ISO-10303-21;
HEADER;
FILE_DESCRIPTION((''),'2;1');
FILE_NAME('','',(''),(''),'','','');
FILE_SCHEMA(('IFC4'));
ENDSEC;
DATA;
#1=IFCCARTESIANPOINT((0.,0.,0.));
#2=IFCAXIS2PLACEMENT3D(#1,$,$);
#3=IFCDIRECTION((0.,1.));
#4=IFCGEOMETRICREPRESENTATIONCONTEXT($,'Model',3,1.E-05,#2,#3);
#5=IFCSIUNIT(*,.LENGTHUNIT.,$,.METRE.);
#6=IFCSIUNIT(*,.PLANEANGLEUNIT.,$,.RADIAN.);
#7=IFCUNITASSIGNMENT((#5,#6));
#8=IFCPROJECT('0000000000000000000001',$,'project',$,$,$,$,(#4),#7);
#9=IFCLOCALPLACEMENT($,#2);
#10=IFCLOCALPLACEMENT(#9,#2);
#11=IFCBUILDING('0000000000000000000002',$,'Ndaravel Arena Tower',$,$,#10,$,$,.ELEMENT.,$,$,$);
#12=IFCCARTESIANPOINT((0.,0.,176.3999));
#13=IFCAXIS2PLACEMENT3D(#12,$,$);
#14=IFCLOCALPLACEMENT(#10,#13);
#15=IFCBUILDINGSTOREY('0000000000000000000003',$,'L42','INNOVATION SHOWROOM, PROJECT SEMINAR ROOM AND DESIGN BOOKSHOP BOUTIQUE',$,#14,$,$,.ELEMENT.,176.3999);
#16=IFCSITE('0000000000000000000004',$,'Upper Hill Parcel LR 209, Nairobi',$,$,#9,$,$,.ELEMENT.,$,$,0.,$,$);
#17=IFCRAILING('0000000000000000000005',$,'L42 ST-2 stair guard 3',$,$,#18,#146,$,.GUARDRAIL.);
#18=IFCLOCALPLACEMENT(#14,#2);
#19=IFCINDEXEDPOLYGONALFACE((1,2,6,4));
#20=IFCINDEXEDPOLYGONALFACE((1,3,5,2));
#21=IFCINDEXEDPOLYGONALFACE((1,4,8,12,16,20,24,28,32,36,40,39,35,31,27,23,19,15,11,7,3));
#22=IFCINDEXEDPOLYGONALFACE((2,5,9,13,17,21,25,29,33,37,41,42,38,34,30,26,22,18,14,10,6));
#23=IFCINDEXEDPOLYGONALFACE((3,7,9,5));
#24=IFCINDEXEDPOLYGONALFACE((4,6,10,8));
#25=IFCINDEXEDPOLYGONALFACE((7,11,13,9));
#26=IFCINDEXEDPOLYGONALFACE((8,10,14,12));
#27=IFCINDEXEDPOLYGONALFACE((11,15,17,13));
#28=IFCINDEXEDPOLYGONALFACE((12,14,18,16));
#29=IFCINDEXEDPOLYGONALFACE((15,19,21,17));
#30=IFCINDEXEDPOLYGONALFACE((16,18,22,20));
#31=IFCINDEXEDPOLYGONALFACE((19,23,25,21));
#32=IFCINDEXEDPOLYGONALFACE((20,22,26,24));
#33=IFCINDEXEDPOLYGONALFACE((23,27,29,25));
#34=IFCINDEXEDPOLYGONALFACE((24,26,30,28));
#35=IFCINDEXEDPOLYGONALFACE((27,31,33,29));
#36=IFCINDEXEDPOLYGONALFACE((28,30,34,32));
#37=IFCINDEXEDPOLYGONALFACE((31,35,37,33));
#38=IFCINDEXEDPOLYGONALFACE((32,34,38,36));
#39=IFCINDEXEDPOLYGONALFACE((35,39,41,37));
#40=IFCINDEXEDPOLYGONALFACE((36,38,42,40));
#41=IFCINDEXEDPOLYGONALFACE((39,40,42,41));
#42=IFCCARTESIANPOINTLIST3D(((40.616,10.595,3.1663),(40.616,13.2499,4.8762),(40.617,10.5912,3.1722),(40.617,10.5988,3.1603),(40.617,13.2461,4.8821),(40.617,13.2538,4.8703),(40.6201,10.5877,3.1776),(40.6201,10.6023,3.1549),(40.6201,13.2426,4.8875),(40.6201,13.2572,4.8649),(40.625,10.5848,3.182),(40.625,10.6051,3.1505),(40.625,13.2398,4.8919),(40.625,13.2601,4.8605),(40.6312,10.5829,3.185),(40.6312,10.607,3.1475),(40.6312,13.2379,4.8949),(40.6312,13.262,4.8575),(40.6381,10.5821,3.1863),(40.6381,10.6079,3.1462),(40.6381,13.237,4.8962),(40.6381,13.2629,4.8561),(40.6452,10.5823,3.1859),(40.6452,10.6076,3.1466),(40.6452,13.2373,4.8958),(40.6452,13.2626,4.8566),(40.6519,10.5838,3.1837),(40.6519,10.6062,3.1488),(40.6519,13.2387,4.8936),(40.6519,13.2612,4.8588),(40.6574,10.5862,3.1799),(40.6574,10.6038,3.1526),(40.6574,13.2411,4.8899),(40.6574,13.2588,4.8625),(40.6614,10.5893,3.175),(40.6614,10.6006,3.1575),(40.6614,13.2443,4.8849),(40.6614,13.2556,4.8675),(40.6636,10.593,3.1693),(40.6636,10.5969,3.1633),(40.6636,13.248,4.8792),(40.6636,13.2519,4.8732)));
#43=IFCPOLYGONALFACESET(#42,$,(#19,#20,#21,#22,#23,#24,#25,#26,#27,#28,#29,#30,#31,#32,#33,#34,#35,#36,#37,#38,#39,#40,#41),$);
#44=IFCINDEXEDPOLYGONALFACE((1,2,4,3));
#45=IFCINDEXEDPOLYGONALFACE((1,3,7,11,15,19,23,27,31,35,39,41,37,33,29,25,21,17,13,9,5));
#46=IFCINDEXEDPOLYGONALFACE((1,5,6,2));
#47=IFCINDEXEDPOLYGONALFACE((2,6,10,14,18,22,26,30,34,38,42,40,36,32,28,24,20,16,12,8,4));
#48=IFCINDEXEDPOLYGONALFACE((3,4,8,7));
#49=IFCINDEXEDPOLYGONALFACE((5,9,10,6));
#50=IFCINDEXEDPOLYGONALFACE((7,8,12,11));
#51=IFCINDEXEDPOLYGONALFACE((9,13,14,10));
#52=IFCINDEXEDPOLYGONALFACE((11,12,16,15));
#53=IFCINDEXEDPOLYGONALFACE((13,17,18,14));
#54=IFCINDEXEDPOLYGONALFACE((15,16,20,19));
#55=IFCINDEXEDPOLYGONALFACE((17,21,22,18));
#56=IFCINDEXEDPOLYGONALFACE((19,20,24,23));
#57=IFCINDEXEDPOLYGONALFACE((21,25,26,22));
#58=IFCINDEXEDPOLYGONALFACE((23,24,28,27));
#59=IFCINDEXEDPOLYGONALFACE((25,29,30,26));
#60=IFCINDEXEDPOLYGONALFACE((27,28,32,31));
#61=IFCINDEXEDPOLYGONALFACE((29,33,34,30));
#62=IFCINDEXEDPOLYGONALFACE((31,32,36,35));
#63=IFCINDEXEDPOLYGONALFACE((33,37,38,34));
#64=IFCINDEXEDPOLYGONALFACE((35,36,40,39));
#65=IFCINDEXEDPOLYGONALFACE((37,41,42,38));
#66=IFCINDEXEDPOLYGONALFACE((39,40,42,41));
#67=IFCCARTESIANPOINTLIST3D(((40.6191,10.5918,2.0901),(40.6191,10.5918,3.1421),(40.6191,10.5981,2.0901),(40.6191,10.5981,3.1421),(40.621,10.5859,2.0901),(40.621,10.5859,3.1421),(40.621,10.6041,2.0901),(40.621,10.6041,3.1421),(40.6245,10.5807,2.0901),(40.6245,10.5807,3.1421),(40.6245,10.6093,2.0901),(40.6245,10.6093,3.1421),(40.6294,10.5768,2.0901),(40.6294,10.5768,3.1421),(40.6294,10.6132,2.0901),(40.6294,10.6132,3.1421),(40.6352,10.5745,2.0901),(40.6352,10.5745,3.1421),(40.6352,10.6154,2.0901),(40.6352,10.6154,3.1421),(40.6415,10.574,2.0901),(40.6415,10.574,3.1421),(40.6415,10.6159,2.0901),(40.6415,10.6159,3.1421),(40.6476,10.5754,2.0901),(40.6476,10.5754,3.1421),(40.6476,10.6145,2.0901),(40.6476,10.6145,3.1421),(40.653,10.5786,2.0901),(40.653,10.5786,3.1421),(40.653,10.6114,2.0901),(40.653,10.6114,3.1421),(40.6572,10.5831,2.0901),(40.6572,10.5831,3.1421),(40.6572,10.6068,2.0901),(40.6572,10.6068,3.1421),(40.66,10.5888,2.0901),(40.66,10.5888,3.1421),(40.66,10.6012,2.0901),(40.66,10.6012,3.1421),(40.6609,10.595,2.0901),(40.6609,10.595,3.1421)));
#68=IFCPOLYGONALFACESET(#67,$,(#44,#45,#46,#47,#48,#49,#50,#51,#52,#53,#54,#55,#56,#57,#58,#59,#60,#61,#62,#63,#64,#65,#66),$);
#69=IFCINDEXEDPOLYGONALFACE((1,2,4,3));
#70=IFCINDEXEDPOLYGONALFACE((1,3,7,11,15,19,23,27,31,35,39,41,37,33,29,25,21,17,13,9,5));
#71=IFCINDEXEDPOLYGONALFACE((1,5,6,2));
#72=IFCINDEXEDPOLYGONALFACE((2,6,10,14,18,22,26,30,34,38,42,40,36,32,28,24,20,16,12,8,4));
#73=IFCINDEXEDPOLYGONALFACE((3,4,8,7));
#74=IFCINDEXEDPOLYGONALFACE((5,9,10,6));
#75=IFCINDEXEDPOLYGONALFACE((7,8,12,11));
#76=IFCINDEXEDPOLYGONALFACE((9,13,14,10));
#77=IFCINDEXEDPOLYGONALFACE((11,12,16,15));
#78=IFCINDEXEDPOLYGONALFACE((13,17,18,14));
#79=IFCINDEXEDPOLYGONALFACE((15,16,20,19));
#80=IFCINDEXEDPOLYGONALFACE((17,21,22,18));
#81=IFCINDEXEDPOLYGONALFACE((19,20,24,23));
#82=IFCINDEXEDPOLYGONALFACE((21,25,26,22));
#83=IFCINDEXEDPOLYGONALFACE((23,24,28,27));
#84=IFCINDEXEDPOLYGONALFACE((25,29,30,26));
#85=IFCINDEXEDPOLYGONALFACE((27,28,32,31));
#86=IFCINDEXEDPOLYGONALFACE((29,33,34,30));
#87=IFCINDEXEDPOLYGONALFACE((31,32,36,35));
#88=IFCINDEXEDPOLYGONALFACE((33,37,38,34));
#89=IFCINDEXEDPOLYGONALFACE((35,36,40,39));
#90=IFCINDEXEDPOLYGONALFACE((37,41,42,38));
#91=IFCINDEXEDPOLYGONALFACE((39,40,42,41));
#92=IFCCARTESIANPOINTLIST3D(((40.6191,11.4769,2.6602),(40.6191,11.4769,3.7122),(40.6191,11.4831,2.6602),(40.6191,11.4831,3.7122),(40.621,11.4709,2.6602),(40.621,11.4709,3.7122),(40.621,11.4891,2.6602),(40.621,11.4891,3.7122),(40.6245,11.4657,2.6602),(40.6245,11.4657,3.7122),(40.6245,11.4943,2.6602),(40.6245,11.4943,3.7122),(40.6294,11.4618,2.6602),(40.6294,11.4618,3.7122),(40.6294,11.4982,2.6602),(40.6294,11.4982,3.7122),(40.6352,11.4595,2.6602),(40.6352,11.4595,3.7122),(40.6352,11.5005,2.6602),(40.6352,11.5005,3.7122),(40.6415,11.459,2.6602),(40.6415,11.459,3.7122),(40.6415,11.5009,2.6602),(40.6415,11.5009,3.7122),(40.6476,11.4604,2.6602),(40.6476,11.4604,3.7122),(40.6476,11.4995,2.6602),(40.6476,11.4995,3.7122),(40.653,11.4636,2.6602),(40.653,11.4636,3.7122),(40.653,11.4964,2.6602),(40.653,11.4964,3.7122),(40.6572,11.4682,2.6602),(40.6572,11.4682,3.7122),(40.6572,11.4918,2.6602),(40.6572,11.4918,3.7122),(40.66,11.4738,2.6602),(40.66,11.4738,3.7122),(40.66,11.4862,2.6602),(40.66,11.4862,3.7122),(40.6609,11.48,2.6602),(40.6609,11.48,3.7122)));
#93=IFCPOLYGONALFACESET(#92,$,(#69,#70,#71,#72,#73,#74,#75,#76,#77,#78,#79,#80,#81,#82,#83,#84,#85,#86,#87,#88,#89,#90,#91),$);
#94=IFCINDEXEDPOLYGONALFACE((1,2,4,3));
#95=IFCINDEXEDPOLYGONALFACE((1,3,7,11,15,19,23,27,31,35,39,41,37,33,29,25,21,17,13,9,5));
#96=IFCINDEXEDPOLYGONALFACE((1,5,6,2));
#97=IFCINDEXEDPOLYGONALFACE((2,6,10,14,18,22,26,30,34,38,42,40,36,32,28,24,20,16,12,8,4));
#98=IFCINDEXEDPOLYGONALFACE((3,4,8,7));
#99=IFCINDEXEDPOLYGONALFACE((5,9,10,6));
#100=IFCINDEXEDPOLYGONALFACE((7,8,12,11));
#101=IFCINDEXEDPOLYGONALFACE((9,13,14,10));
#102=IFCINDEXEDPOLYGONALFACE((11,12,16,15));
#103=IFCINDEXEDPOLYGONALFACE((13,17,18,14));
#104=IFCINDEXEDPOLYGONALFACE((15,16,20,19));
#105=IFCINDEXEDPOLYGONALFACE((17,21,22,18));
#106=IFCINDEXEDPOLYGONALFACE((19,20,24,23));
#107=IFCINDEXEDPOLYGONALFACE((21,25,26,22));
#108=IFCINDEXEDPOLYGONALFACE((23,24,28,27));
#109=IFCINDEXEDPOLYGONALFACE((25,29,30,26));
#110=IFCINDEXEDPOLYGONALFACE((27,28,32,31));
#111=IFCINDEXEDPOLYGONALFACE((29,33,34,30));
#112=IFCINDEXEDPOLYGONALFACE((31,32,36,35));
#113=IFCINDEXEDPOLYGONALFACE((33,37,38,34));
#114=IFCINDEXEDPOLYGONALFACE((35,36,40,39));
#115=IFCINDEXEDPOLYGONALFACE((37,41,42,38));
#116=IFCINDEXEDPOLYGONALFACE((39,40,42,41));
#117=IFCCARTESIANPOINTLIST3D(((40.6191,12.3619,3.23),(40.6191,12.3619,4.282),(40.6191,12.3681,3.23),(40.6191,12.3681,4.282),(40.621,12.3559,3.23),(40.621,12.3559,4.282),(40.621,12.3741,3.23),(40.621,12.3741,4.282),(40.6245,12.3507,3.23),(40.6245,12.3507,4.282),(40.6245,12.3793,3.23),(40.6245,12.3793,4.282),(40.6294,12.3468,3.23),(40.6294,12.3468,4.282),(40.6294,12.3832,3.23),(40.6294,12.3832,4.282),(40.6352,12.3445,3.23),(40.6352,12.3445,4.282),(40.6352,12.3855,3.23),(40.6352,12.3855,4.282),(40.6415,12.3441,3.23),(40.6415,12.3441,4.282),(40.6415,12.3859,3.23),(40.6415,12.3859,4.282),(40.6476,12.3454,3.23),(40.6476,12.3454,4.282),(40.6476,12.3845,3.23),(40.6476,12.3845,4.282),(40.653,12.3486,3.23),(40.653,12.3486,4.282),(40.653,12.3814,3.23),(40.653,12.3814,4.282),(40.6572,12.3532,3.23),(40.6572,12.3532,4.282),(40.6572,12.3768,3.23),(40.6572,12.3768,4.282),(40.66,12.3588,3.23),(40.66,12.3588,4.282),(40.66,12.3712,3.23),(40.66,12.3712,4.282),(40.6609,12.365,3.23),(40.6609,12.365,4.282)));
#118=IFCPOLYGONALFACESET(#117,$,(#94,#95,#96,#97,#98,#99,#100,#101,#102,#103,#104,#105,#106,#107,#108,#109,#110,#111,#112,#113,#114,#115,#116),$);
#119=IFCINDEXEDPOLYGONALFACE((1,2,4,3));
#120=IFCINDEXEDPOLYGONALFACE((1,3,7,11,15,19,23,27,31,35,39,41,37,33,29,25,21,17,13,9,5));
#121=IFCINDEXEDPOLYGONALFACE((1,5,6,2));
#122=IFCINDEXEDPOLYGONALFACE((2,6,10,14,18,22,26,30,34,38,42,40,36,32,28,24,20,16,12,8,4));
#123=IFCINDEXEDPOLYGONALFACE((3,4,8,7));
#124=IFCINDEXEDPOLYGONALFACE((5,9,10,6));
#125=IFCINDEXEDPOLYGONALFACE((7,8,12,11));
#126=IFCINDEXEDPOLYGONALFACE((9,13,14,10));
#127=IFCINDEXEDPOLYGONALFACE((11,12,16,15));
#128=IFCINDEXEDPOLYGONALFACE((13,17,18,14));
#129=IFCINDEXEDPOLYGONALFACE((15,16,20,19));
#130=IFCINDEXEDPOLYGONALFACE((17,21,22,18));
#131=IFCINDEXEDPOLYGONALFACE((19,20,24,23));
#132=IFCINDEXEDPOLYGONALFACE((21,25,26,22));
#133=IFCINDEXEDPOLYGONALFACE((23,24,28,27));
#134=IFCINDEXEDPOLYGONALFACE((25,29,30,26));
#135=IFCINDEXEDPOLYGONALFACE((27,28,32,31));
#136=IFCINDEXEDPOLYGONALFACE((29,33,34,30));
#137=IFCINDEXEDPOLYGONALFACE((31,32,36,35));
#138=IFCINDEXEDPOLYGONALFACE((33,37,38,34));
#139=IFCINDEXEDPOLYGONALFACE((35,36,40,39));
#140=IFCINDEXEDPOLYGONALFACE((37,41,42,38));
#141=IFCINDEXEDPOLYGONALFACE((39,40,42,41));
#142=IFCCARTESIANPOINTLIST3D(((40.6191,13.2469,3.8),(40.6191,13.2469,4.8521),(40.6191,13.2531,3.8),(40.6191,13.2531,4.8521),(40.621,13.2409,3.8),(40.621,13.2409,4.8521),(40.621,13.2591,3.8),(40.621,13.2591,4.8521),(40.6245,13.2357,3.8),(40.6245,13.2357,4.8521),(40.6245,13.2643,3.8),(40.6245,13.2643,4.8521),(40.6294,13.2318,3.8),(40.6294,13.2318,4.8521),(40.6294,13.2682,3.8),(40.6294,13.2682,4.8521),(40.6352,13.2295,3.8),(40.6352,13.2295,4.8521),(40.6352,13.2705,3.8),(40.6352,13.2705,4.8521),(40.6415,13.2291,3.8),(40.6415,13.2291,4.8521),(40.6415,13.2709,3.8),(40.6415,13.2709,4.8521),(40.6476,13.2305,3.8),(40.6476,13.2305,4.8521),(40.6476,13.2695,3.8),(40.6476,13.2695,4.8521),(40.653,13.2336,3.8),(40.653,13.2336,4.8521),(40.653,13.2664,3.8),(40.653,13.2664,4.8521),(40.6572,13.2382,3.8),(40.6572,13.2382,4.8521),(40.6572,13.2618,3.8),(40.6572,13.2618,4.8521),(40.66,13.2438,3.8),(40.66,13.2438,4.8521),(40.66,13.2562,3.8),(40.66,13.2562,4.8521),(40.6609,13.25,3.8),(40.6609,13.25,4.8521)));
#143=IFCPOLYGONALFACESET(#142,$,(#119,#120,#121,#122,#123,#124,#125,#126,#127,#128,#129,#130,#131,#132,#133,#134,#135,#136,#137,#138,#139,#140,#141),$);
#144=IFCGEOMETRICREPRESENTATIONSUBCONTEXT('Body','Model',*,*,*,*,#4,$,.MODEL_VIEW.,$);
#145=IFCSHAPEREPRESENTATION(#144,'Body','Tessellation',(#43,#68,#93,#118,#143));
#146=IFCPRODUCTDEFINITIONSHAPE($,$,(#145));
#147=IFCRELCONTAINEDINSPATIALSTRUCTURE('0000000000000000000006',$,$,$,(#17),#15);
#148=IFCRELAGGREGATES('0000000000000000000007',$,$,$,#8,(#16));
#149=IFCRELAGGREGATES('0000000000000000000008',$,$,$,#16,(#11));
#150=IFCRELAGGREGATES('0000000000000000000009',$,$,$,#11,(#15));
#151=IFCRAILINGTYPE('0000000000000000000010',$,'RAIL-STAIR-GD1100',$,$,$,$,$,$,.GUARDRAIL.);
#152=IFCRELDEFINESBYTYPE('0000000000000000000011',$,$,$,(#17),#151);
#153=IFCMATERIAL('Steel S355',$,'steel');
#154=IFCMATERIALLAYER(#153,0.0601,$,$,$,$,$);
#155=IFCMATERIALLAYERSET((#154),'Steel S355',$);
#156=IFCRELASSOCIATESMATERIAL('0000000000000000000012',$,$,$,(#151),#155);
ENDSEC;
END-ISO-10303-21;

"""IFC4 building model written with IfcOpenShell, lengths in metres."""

from ifc_helpers import new_model, si_unit, direction, frame, origin, origin_2d, place, context, subcontext, project, spatial, circle, extrude, material, layer, layer_set, type_object, element, save


model = new_model("IFC4")

# Units and contexts
model_context = context("Model", 3, precision=1e-05, world=origin(), true_north=direction((0.0, 1.0)))
body_context = subcontext(model_context, "Body", "Model", "MODEL_VIEW")
ifc_project = project(units=[si_unit("LENGTHUNIT", "METRE"), si_unit("PLANEANGLEUNIT", "RADIAN")], contexts=[model_context])

# Site, building, storey
site_placement = place(None, origin())
site = spatial("IfcSite", under=ifc_project, at=site_placement, Name="Upper Hill Parcel LR 209, Nairobi", CompositionType="ELEMENT", RefElevation=0.0)
building_placement = place(site_placement, origin())
building = spatial("IfcBuilding", under=site, at=building_placement, Name="Ndaravel Arena Tower", CompositionType="ELEMENT")
storey_placement = place(building_placement, frame((0.0, 0.0, 176.3999)))
storey = spatial("IfcBuildingStorey", under=building, at=storey_placement, Name="L42", Description="INNOVATION SHOWROOM, PROJECT SEMINAR ROOM AND DESIGN BOOKSHOP BOUTIQUE", CompositionType="ELEMENT", Elevation=176.3999)

# Railing
ifc_material_1 = material(Name="Steel S355", Category="steel")
ifc_layer_1 = layer(ifc_material_1, 0.0601)
ifc_layer_set_1 = layer_set([ifc_layer_1], Name="Steel S355")
railing_type_1 = type_object("IfcRailingType", Name="RAIL-STAIR-GD1100", PredefinedType="GUARDRAIL", material=ifc_layer_set_1)
railing_1_placement = place(storey_placement, frame((40.6399, 10.595, 2.0901)))
element("IfcRailing", 1, at=railing_1_placement, inside=storey, type_object=railing_type_1, Name="L42 ST-2 stair guard 3", PredefinedType="GUARDRAIL", context=body_context, shape_type="SweptSolid", body=[
    extrude(circle(Radius=0.0239, at=origin_2d()), frame((0.0, 0.0, 1.0762), z_axis=(0.0, 0.840724, 0.541465), x_axis=(-1.0, 0.0, 0.0)), (0.0, 0.0, 1.0), 3.158),
    extrude(circle(Radius=0.021, at=origin_2d()), origin(), (0.0, 0.0, 1.0), 1.052),
    extrude(circle(Radius=0.021, at=origin_2d()), frame((0.0, 0.885, 0.5701)), (0.0, 0.0, 1.0), 1.052),
    extrude(circle(Radius=0.021, at=origin_2d()), frame((0.0, 1.77, 1.1399)), (0.0, 0.0, 1.0), 1.052),
    extrude(circle(Radius=0.021, at=origin_2d()), frame((0.0, 2.655, 1.71)), (0.0, 0.0, 1.0), 1.052),
])

save(model, "model.ifc")
